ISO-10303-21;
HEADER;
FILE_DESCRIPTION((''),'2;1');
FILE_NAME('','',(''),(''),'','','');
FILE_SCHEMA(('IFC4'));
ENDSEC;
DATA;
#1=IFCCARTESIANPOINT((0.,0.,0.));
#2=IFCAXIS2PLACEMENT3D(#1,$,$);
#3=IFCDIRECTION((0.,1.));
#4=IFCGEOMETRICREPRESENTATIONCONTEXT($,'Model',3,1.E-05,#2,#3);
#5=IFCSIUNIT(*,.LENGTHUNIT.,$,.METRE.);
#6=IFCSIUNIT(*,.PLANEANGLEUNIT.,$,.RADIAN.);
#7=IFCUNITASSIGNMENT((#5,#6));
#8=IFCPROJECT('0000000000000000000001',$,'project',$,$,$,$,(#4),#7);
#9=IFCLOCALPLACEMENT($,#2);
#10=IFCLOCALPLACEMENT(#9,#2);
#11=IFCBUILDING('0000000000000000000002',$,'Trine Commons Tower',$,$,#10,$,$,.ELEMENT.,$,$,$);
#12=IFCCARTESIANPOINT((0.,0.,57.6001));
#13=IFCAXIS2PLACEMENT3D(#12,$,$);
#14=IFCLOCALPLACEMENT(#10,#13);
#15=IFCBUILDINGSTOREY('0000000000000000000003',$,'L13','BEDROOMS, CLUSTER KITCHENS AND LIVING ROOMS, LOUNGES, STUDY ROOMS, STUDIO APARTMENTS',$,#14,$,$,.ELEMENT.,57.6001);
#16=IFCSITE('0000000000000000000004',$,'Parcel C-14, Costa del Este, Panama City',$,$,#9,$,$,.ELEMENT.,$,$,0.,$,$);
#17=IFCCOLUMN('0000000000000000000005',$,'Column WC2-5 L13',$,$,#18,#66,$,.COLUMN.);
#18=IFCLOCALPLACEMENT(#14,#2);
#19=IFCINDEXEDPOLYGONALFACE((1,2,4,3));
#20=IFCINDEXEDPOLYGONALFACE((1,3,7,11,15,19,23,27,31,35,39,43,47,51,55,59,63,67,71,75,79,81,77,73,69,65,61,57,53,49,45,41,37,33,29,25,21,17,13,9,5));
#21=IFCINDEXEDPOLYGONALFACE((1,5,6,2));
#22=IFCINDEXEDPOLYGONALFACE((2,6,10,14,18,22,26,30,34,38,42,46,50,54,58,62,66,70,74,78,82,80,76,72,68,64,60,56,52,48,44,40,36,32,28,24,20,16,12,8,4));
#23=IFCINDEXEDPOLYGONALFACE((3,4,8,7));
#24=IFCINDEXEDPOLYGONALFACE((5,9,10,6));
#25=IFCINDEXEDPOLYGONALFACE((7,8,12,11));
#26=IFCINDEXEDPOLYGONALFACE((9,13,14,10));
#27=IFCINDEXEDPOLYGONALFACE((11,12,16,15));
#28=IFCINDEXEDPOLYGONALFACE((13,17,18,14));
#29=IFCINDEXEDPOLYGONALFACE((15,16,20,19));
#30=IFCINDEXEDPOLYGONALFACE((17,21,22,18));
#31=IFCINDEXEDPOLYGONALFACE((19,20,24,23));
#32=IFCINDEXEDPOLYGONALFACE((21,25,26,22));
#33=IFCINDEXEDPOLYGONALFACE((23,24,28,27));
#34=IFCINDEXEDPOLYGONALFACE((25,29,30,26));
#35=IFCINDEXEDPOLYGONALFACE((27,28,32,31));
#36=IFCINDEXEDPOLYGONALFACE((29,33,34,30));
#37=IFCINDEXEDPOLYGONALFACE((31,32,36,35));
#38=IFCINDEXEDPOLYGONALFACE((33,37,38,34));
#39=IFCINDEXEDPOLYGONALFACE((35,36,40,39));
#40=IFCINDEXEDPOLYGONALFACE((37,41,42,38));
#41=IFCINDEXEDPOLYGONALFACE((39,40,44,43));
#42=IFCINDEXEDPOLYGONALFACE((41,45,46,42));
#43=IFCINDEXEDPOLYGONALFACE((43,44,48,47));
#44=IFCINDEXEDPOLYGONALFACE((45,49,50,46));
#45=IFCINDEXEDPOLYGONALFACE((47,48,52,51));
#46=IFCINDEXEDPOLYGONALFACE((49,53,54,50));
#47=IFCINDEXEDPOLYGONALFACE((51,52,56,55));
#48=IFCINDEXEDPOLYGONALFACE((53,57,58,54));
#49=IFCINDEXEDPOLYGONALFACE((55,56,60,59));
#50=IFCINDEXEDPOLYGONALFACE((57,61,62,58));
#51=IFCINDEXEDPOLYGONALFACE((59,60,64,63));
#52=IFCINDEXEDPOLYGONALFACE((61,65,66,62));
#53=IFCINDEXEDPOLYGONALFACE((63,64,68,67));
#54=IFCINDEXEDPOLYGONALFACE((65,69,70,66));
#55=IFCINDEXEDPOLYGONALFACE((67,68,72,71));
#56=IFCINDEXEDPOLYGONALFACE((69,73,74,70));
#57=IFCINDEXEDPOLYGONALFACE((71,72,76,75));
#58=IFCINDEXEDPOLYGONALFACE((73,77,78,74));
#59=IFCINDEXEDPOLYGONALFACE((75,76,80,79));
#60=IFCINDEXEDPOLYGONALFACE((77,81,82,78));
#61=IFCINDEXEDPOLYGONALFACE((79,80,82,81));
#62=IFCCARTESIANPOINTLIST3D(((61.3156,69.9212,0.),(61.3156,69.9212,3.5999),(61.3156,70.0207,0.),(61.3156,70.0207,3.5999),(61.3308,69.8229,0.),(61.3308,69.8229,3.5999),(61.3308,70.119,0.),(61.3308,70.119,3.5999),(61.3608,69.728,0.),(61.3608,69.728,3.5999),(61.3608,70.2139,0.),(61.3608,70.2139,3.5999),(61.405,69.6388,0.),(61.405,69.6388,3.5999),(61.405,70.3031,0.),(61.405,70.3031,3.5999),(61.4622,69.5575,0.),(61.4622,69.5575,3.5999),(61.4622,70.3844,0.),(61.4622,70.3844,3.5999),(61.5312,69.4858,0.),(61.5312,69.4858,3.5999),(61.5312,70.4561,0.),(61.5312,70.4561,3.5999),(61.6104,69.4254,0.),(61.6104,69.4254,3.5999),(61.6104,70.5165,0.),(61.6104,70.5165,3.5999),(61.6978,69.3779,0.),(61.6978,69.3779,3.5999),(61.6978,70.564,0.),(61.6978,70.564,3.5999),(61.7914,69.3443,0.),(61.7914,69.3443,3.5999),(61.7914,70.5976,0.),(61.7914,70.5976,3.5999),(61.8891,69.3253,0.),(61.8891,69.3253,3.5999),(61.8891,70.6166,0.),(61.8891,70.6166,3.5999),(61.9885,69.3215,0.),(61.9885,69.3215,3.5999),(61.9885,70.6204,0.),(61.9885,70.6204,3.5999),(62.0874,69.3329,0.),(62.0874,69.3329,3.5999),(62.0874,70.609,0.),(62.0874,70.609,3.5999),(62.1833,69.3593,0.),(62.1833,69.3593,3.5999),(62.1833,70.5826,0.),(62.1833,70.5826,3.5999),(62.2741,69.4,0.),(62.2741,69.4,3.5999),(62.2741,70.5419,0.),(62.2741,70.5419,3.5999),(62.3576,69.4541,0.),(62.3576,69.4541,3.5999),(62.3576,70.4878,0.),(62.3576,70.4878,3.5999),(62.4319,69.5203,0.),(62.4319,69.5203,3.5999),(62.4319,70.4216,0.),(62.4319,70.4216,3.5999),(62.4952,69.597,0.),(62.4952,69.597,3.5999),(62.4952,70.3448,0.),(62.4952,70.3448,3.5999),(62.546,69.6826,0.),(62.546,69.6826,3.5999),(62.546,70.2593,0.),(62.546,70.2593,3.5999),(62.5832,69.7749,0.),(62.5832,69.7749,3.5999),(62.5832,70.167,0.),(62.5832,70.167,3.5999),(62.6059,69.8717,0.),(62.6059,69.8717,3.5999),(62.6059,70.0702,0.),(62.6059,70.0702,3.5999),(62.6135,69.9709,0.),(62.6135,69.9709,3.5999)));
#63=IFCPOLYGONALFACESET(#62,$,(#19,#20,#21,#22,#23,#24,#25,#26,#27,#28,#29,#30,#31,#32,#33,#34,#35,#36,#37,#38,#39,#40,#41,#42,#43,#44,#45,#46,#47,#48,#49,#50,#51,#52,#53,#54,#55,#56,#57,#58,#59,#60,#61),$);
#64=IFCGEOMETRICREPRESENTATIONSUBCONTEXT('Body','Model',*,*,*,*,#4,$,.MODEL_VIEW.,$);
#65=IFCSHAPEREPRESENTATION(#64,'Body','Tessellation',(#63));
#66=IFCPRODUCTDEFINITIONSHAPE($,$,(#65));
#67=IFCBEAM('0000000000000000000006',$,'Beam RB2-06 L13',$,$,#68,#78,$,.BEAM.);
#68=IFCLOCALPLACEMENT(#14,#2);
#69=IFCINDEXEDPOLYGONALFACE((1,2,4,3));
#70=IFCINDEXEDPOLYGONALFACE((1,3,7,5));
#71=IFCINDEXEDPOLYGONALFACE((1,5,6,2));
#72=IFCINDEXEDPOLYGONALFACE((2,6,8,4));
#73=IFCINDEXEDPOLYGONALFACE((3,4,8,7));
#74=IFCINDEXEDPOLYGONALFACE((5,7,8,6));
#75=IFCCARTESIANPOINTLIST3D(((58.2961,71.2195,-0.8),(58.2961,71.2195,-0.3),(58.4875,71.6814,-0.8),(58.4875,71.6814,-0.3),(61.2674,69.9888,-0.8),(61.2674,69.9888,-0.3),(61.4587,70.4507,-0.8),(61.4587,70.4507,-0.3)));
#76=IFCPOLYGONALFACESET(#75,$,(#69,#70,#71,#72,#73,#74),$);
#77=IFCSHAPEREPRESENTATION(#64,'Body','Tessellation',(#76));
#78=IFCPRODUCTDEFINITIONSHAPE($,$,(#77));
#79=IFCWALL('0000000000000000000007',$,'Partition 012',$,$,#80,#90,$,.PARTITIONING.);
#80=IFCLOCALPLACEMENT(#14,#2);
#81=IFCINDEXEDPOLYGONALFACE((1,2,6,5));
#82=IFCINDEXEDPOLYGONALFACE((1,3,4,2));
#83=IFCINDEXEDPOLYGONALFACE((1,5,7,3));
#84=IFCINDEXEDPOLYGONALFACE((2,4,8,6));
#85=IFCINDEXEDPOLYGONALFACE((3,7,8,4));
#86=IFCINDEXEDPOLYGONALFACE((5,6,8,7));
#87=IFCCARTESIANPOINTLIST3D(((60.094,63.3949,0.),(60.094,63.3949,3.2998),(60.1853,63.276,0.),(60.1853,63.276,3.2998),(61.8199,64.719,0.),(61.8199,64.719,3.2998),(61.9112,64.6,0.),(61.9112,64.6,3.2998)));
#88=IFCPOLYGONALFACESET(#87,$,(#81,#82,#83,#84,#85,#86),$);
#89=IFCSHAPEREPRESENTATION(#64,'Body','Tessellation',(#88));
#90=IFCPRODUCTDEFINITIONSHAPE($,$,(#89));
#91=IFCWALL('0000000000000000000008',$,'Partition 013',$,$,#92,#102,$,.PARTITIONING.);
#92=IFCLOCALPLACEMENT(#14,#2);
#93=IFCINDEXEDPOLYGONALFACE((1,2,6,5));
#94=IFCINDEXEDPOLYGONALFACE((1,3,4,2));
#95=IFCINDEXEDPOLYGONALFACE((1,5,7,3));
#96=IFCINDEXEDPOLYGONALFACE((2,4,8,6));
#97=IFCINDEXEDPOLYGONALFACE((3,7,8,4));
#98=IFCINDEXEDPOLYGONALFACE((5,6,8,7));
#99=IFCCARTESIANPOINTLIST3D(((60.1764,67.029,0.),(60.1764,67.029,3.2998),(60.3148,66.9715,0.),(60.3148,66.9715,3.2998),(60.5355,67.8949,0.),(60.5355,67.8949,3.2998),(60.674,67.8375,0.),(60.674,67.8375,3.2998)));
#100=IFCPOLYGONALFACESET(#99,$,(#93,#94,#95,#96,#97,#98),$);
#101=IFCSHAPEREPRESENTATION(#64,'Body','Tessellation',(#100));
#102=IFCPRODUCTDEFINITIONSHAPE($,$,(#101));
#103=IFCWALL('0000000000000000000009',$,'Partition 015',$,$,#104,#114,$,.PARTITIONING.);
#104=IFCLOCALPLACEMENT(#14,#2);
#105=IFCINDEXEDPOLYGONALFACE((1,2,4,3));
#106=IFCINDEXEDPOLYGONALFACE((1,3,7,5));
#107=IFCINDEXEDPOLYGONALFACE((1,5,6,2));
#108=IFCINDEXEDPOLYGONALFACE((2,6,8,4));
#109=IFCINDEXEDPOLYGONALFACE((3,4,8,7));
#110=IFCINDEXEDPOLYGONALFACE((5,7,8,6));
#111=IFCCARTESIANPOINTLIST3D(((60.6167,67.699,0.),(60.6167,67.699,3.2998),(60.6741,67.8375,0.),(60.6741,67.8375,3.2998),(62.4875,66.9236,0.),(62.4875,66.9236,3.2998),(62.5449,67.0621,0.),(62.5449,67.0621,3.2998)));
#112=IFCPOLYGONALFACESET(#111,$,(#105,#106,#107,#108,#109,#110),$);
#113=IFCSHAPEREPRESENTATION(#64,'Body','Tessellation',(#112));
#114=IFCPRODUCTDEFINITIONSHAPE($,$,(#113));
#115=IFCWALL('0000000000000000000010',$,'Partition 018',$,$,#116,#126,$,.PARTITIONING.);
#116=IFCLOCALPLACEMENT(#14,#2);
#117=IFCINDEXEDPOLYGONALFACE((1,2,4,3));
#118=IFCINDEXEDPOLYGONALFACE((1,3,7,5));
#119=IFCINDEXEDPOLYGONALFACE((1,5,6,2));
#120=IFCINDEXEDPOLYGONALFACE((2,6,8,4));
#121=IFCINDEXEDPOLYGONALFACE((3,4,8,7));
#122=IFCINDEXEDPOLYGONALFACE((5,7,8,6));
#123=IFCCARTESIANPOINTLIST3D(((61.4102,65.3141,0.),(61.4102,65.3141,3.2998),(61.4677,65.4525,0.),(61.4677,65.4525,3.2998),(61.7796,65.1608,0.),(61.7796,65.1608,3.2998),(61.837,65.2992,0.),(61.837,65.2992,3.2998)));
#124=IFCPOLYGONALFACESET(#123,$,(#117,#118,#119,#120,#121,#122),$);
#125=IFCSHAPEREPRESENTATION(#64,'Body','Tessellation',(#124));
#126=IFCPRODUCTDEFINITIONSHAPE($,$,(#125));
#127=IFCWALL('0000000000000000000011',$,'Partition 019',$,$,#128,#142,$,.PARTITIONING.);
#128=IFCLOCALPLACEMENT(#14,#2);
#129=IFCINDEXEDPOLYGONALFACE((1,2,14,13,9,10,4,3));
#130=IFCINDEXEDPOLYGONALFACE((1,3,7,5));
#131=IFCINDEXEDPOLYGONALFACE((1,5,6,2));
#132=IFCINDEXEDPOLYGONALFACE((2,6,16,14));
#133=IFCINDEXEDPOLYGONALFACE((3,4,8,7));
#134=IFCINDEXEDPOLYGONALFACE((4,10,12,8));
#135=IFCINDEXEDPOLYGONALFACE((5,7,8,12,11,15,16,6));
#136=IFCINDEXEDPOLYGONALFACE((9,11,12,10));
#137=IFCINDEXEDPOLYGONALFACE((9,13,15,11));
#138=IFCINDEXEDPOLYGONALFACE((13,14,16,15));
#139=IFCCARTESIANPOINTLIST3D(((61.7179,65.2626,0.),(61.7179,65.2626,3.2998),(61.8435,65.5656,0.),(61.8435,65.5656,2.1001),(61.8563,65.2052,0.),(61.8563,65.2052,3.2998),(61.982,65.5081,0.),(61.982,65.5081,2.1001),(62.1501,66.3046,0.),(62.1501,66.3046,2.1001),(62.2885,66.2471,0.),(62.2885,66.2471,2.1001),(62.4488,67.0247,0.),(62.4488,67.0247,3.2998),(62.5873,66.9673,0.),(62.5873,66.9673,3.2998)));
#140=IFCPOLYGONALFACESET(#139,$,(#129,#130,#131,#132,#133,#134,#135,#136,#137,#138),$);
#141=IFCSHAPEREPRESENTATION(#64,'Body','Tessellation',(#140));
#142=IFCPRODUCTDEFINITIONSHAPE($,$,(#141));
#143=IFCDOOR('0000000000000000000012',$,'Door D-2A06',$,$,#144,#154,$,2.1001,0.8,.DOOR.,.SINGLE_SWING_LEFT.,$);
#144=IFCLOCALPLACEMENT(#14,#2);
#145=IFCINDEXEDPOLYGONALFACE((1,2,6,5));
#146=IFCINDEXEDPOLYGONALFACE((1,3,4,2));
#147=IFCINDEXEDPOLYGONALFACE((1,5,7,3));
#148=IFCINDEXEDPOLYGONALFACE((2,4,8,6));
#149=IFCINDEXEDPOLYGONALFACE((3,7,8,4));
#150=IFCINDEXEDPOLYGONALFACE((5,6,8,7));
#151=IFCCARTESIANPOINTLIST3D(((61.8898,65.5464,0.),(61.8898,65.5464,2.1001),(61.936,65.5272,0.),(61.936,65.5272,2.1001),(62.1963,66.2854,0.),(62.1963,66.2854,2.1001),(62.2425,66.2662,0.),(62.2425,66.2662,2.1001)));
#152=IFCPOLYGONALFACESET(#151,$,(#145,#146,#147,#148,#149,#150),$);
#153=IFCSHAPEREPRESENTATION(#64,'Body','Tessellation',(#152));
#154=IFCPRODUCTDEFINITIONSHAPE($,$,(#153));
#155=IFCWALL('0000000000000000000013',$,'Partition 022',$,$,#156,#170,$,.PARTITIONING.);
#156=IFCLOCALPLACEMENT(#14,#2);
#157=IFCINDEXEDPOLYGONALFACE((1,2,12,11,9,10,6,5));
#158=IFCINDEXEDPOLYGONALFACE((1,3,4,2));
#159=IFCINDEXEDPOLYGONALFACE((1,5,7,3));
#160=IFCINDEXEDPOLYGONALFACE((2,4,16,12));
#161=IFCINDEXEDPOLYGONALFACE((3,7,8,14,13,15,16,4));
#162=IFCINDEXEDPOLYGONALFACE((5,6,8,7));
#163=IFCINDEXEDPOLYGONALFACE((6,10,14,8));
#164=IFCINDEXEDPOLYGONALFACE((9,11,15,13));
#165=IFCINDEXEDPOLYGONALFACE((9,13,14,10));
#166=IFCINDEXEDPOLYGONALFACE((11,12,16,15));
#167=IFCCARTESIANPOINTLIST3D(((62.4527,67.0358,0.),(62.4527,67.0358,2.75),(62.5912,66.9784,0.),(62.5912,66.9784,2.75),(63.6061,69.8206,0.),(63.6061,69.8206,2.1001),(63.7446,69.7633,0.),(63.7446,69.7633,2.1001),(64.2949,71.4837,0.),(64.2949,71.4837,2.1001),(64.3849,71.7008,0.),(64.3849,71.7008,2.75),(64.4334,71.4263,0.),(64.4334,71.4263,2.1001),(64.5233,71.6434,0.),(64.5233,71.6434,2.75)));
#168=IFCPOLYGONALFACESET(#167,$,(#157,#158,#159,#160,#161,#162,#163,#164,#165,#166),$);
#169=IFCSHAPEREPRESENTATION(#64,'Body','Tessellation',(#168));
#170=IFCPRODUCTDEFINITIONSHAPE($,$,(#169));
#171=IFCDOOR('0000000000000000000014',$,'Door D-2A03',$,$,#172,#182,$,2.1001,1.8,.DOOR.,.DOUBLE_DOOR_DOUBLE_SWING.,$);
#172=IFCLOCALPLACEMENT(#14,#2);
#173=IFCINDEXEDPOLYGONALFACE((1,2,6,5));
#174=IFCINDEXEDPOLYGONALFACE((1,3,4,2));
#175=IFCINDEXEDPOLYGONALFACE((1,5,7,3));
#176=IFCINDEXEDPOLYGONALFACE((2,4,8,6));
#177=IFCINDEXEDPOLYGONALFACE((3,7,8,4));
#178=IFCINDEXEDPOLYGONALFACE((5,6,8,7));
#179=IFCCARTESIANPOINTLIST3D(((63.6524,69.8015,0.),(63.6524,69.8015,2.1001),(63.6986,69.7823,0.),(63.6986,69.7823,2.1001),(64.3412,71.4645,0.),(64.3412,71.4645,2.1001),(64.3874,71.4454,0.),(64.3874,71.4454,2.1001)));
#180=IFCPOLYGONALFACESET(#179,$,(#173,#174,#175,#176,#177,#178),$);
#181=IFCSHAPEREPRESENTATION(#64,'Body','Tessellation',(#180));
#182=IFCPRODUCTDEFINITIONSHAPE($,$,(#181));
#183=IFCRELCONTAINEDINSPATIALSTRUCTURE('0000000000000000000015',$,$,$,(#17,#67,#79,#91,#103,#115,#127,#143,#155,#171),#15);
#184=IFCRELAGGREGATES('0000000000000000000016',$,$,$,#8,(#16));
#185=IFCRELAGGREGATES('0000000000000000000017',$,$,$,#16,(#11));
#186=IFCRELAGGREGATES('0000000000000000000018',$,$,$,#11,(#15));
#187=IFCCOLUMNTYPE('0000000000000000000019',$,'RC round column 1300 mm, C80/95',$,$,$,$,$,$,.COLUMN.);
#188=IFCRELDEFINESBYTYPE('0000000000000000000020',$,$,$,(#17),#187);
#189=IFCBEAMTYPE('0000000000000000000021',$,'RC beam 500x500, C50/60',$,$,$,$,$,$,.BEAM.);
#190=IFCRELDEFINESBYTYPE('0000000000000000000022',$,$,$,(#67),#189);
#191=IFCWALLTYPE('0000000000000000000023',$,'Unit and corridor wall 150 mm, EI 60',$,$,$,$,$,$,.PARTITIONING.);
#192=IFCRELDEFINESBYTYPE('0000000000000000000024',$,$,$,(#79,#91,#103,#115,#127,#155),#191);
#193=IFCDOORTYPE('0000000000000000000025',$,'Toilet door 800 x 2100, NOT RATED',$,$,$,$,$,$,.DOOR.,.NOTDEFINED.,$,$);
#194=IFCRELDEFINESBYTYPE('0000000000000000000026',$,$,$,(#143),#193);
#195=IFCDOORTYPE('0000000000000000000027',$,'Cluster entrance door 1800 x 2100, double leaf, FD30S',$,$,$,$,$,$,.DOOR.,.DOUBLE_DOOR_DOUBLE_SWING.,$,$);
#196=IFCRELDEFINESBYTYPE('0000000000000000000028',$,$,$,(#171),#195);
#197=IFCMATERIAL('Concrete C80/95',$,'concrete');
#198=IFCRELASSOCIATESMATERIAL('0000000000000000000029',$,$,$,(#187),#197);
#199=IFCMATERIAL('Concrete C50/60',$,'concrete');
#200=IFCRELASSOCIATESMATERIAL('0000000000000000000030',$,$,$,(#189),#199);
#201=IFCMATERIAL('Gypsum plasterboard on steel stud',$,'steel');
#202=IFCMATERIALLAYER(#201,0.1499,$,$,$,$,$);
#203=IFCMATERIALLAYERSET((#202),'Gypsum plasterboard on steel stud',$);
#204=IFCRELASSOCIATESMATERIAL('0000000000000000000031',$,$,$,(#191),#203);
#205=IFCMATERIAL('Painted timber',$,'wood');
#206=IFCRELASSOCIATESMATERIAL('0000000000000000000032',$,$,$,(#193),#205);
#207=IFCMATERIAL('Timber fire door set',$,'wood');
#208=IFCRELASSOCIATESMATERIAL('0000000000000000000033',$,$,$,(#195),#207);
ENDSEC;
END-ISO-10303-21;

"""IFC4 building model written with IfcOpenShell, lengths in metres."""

from ifc_helpers import new_model, si_unit, direction, frame, frame_2d, origin, origin_2d, place, context, subcontext, project, spatial, rectangle, circle, extrude, material, layer, layer_set, material_profile, profile_set, type_object, element, fill, save


model = new_model("IFC4")

# Units and contexts
model_context = context("Model", 3, precision=1e-05, world=origin(), true_north=direction((0.0, 1.0)))
body_context = subcontext(model_context, "Body", "Model", "MODEL_VIEW")
ifc_project = project(units=[si_unit("LENGTHUNIT", "METRE"), si_unit("PLANEANGLEUNIT", "RADIAN")], contexts=[model_context])

# Site, building, storey
site_placement = place(None, origin())
site = spatial("IfcSite", under=ifc_project, at=site_placement, Name="Parcel C-14, Costa del Este, Panama City", CompositionType="ELEMENT", RefElevation=0.0)
building_placement = place(site_placement, origin())
building = spatial("IfcBuilding", under=site, at=building_placement, Name="Trine Commons Tower", CompositionType="ELEMENT")
storey_placement = place(building_placement, frame((0.0, 0.0, 57.6001)))
storey = spatial("IfcBuildingStorey", under=building, at=storey_placement, Name="L13", Description="BEDROOMS, CLUSTER KITCHENS AND LIVING ROOMS, LOUNGES, STUDY ROOMS, STUDIO APARTMENTS", CompositionType="ELEMENT", Elevation=57.6001)

# Column
ifc_material_1 = material(Name="Concrete C80/95", Category="concrete")
ifc_material_profile_1 = material_profile(ifc_material_1, circle(Radius=0.6499, at=origin_2d()), Name="RC round 1300")
ifc_profile_set_1 = profile_set([ifc_material_profile_1], Name="Concrete C80/95")
column_type = type_object("IfcColumnType", Name="RC round column 1300 mm, C80/95", PredefinedType="COLUMN", material=ifc_profile_set_1)
column_placement = place(storey_placement, frame((61.9636, 69.9709, 0.0), z_axis=(0.0, 0.0, 1.0), x_axis=(1.0, 0.0, 0.0)))
element("IfcColumn", 1, at=column_placement, inside=storey, type_object=column_type, Name="Column WC2-5 L13", PredefinedType="COLUMN", context=body_context, shape_type="SweptSolid", body=[
    extrude(circle(Radius=0.6499, at=origin_2d()), origin(), (0.0, 0.0, 1.0), 3.5999),
])

# Beam
ifc_material_2 = material(Name="Concrete C50/60", Category="concrete")
ifc_material_profile_2 = material_profile(ifc_material_2, rectangle(XDim=0.5, YDim=0.5, at=origin_2d()), Name="RC 500x500")
ifc_profile_set_2 = profile_set([ifc_material_profile_2], Name="Concrete C50/60")
beam_type = type_object("IfcBeamType", Name="RC beam 500x500, C50/60", PredefinedType="BEAM", material=ifc_profile_set_2)
beam_placement = place(storey_placement, frame((61.363, 70.2197, -0.55), z_axis=(-0.923879, 0.382685, 0.0), x_axis=(-0.382685, -0.923879, 0.0)))
element("IfcBeam", 2, at=beam_placement, inside=storey, type_object=beam_type, Name="Beam RB2-06 L13", PredefinedType="BEAM", context=body_context, shape_type="SweptSolid", body=[
    extrude(rectangle(XDim=0.5, YDim=0.5, at=origin_2d()), origin(), (0.0, 0.0, 1.0), 3.2161),
])

# Walls
ifc_material_3 = material(Name="Gypsum plasterboard on steel stud", Category="steel")
ifc_layer_1 = layer(ifc_material_3, 0.1499)
ifc_layer_set_1 = layer_set([ifc_layer_1], Name="Gypsum plasterboard on steel stud")
wall_type_1 = type_object("IfcWallType", Name="Unit and corridor wall 150 mm, EI 60", PredefinedType="PARTITIONING", material=ifc_layer_set_1)
wall_1_placement = place(storey_placement, frame((60.1396, 63.3354, 0.0), z_axis=(0.0, 0.0, 1.0), x_axis=(0.79342, 0.608674, 0.0)))
element("IfcWall", 3, at=wall_1_placement, inside=storey, type_object=wall_type_1, Name="Partition 012", PredefinedType="PARTITIONING", context=body_context, shape_type="SweptSolid", body=[
    extrude(rectangle(XDim=2.1753, YDim=0.1499, at=frame_2d((1.0876, 0.0))), origin(), (0.0, 0.0, 1.0), 3.2998),
])
wall_2_placement = place(storey_placement, frame((60.2456, 67.0002, 0.0), z_axis=(0.0, 0.0, 1.0), x_axis=(0.38308, 0.923715, 0.0)))
element("IfcWall", 4, at=wall_2_placement, inside=storey, type_object=wall_type_1, Name="Partition 013", PredefinedType="PARTITIONING", context=body_context, shape_type="SweptSolid", body=[
    extrude(rectangle(XDim=0.9375, YDim=0.1499, at=frame_2d((0.4688, 0.0))), origin(), (0.0, 0.0, 1.0), 3.2998),
])
wall_3_placement = place(storey_placement, frame((60.6453, 67.7683, 0.0), z_axis=(0.0, 0.0, 1.0), x_axis=(0.923799, -0.382877, 0.0)))
element("IfcWall", 5, at=wall_3_placement, inside=storey, type_object=wall_type_1, Name="Partition 015", PredefinedType="PARTITIONING", context=body_context, shape_type="SweptSolid", body=[
    extrude(rectangle(XDim=2.0251, YDim=0.1499, at=frame_2d((1.0127, 0.0))), origin(), (0.0, 0.0, 1.0), 3.2998),
])
wall_4_placement = place(storey_placement, frame((61.439, 65.3833, 0.0), z_axis=(0.0, 0.0, 1.0), x_axis=(0.9236, -0.383358, 0.0)))
element("IfcWall", 6, at=wall_4_placement, inside=storey, type_object=wall_type_1, Name="Partition 018", PredefinedType="PARTITIONING", context=body_context, shape_type="SweptSolid", body=[
    extrude(rectangle(XDim=0.3999, YDim=0.1499, at=frame_2d((0.2, 0.0))), origin(), (0.0, 0.0, 1.0), 3.2998),
])

# Walls, openings, doors
wall_5_placement = place(storey_placement, frame((61.7871, 65.2339, 0.0), z_axis=(0.0, 0.0, 1.0), x_axis=(0.383143, 0.923689, 0.0)))
wall_5 = element("IfcWall", 7, at=wall_5_placement, inside=storey, type_object=wall_type_1, Name="Partition 019", PredefinedType="PARTITIONING", context=body_context, shape_type="SweptSolid", body=[
    extrude(rectangle(XDim=1.9077, YDim=0.1499, at=frame_2d((0.9539, 0.0))), origin(), (0.0, 0.0, 1.0), 3.2998),
])
opening_1_placement = place(wall_5_placement, frame((0.3281, 0.0, 0.0)))
opening_1 = element("IfcOpeningElement", 8, at=opening_1_placement, cuts=wall_5, PredefinedType="OPENING", context=body_context, shape_type="SweptSolid", body=[
    extrude(rectangle(XDim=0.8, YDim=2.1001, at=frame_2d((0.3999, 1.05))), frame((0.0, 0.085, 0.0), z_axis=(0.0, -1.0, 0.0), x_axis=(1.0, 0.0, 0.0)), (0.0, 0.0, 1.0), 0.1699),
])
ifc_material_4 = material(Name="Painted timber", Category="wood")
door_type_1 = type_object("IfcDoorType", Name="Toilet door 800 x 2100, NOT RATED", OperationType="NOTDEFINED", PredefinedType="DOOR", material=ifc_material_4)
door_1_placement = place(opening_1_placement, origin())
door_1 = element("IfcDoor", 9, at=door_1_placement, inside=storey, type_object=door_type_1, Name="Door D-2A06", OperationType="SINGLE_SWING_LEFT", OverallHeight=2.1001, OverallWidth=0.8, PredefinedType="DOOR", context=body_context, shape_type="SweptSolid", body=[
    extrude(rectangle(XDim=0.8, YDim=2.1001, at=frame_2d((0.3999, 1.05))), frame((0.0, 0.0249, 0.0), z_axis=(0.0, -1.0, 0.0), x_axis=(1.0, 0.0, 0.0)), (0.0, 0.0, 1.0), 0.05),
])
fill(opening_1, door_1)
wall_6_placement = place(storey_placement, frame((62.522, 67.0071, 0.0), z_axis=(0.0, 0.0, 1.0), x_axis=(0.382651, 0.923893, 0.0)))
wall_6 = element("IfcWall", 10, at=wall_6_placement, inside=storey, type_object=wall_type_1, Name="Partition 022", PredefinedType="PARTITIONING", context=body_context, shape_type="SweptSolid", body=[
    extrude(rectangle(XDim=5.0493, YDim=0.1499, at=frame_2d((2.5247, 0.0))), origin(), (0.0, 0.0, 1.0), 2.75),
])
opening_2_placement = place(wall_6_placement, frame((3.0144, 0.0, 0.0)))
opening_2 = element("IfcOpeningElement", 11, at=opening_2_placement, cuts=wall_6, PredefinedType="OPENING", context=body_context, shape_type="SweptSolid", body=[
    extrude(rectangle(XDim=1.8, YDim=2.1001, at=frame_2d((0.8999, 1.05))), frame((0.0, 0.085, 0.0), z_axis=(0.0, -1.0, 0.0), x_axis=(1.0, 0.0, 0.0)), (0.0, 0.0, 1.0), 0.1699),
])
ifc_material_5 = material(Name="Timber fire door set", Category="wood")
door_type_2 = type_object("IfcDoorType", Name="Cluster entrance door 1800 x 2100, double leaf, FD30S", OperationType="DOUBLE_DOOR_DOUBLE_SWING", PredefinedType="DOOR", material=ifc_material_5)
door_2_placement = place(opening_2_placement, origin())
door_2 = element("IfcDoor", 12, at=door_2_placement, inside=storey, type_object=door_type_2, Name="Door D-2A03", OperationType="DOUBLE_DOOR_DOUBLE_SWING", OverallHeight=2.1001, OverallWidth=1.8, PredefinedType="DOOR", context=body_context, shape_type="SweptSolid", body=[
    extrude(rectangle(XDim=1.8, YDim=2.1001, at=frame_2d((0.8999, 1.05))), frame((0.0, 0.0249, 0.0), z_axis=(0.0, -1.0, 0.0), x_axis=(1.0, 0.0, 0.0)), (0.0, 0.0, 1.0), 0.05),
])
fill(opening_2, door_2)

save(model, "model.ifc")
